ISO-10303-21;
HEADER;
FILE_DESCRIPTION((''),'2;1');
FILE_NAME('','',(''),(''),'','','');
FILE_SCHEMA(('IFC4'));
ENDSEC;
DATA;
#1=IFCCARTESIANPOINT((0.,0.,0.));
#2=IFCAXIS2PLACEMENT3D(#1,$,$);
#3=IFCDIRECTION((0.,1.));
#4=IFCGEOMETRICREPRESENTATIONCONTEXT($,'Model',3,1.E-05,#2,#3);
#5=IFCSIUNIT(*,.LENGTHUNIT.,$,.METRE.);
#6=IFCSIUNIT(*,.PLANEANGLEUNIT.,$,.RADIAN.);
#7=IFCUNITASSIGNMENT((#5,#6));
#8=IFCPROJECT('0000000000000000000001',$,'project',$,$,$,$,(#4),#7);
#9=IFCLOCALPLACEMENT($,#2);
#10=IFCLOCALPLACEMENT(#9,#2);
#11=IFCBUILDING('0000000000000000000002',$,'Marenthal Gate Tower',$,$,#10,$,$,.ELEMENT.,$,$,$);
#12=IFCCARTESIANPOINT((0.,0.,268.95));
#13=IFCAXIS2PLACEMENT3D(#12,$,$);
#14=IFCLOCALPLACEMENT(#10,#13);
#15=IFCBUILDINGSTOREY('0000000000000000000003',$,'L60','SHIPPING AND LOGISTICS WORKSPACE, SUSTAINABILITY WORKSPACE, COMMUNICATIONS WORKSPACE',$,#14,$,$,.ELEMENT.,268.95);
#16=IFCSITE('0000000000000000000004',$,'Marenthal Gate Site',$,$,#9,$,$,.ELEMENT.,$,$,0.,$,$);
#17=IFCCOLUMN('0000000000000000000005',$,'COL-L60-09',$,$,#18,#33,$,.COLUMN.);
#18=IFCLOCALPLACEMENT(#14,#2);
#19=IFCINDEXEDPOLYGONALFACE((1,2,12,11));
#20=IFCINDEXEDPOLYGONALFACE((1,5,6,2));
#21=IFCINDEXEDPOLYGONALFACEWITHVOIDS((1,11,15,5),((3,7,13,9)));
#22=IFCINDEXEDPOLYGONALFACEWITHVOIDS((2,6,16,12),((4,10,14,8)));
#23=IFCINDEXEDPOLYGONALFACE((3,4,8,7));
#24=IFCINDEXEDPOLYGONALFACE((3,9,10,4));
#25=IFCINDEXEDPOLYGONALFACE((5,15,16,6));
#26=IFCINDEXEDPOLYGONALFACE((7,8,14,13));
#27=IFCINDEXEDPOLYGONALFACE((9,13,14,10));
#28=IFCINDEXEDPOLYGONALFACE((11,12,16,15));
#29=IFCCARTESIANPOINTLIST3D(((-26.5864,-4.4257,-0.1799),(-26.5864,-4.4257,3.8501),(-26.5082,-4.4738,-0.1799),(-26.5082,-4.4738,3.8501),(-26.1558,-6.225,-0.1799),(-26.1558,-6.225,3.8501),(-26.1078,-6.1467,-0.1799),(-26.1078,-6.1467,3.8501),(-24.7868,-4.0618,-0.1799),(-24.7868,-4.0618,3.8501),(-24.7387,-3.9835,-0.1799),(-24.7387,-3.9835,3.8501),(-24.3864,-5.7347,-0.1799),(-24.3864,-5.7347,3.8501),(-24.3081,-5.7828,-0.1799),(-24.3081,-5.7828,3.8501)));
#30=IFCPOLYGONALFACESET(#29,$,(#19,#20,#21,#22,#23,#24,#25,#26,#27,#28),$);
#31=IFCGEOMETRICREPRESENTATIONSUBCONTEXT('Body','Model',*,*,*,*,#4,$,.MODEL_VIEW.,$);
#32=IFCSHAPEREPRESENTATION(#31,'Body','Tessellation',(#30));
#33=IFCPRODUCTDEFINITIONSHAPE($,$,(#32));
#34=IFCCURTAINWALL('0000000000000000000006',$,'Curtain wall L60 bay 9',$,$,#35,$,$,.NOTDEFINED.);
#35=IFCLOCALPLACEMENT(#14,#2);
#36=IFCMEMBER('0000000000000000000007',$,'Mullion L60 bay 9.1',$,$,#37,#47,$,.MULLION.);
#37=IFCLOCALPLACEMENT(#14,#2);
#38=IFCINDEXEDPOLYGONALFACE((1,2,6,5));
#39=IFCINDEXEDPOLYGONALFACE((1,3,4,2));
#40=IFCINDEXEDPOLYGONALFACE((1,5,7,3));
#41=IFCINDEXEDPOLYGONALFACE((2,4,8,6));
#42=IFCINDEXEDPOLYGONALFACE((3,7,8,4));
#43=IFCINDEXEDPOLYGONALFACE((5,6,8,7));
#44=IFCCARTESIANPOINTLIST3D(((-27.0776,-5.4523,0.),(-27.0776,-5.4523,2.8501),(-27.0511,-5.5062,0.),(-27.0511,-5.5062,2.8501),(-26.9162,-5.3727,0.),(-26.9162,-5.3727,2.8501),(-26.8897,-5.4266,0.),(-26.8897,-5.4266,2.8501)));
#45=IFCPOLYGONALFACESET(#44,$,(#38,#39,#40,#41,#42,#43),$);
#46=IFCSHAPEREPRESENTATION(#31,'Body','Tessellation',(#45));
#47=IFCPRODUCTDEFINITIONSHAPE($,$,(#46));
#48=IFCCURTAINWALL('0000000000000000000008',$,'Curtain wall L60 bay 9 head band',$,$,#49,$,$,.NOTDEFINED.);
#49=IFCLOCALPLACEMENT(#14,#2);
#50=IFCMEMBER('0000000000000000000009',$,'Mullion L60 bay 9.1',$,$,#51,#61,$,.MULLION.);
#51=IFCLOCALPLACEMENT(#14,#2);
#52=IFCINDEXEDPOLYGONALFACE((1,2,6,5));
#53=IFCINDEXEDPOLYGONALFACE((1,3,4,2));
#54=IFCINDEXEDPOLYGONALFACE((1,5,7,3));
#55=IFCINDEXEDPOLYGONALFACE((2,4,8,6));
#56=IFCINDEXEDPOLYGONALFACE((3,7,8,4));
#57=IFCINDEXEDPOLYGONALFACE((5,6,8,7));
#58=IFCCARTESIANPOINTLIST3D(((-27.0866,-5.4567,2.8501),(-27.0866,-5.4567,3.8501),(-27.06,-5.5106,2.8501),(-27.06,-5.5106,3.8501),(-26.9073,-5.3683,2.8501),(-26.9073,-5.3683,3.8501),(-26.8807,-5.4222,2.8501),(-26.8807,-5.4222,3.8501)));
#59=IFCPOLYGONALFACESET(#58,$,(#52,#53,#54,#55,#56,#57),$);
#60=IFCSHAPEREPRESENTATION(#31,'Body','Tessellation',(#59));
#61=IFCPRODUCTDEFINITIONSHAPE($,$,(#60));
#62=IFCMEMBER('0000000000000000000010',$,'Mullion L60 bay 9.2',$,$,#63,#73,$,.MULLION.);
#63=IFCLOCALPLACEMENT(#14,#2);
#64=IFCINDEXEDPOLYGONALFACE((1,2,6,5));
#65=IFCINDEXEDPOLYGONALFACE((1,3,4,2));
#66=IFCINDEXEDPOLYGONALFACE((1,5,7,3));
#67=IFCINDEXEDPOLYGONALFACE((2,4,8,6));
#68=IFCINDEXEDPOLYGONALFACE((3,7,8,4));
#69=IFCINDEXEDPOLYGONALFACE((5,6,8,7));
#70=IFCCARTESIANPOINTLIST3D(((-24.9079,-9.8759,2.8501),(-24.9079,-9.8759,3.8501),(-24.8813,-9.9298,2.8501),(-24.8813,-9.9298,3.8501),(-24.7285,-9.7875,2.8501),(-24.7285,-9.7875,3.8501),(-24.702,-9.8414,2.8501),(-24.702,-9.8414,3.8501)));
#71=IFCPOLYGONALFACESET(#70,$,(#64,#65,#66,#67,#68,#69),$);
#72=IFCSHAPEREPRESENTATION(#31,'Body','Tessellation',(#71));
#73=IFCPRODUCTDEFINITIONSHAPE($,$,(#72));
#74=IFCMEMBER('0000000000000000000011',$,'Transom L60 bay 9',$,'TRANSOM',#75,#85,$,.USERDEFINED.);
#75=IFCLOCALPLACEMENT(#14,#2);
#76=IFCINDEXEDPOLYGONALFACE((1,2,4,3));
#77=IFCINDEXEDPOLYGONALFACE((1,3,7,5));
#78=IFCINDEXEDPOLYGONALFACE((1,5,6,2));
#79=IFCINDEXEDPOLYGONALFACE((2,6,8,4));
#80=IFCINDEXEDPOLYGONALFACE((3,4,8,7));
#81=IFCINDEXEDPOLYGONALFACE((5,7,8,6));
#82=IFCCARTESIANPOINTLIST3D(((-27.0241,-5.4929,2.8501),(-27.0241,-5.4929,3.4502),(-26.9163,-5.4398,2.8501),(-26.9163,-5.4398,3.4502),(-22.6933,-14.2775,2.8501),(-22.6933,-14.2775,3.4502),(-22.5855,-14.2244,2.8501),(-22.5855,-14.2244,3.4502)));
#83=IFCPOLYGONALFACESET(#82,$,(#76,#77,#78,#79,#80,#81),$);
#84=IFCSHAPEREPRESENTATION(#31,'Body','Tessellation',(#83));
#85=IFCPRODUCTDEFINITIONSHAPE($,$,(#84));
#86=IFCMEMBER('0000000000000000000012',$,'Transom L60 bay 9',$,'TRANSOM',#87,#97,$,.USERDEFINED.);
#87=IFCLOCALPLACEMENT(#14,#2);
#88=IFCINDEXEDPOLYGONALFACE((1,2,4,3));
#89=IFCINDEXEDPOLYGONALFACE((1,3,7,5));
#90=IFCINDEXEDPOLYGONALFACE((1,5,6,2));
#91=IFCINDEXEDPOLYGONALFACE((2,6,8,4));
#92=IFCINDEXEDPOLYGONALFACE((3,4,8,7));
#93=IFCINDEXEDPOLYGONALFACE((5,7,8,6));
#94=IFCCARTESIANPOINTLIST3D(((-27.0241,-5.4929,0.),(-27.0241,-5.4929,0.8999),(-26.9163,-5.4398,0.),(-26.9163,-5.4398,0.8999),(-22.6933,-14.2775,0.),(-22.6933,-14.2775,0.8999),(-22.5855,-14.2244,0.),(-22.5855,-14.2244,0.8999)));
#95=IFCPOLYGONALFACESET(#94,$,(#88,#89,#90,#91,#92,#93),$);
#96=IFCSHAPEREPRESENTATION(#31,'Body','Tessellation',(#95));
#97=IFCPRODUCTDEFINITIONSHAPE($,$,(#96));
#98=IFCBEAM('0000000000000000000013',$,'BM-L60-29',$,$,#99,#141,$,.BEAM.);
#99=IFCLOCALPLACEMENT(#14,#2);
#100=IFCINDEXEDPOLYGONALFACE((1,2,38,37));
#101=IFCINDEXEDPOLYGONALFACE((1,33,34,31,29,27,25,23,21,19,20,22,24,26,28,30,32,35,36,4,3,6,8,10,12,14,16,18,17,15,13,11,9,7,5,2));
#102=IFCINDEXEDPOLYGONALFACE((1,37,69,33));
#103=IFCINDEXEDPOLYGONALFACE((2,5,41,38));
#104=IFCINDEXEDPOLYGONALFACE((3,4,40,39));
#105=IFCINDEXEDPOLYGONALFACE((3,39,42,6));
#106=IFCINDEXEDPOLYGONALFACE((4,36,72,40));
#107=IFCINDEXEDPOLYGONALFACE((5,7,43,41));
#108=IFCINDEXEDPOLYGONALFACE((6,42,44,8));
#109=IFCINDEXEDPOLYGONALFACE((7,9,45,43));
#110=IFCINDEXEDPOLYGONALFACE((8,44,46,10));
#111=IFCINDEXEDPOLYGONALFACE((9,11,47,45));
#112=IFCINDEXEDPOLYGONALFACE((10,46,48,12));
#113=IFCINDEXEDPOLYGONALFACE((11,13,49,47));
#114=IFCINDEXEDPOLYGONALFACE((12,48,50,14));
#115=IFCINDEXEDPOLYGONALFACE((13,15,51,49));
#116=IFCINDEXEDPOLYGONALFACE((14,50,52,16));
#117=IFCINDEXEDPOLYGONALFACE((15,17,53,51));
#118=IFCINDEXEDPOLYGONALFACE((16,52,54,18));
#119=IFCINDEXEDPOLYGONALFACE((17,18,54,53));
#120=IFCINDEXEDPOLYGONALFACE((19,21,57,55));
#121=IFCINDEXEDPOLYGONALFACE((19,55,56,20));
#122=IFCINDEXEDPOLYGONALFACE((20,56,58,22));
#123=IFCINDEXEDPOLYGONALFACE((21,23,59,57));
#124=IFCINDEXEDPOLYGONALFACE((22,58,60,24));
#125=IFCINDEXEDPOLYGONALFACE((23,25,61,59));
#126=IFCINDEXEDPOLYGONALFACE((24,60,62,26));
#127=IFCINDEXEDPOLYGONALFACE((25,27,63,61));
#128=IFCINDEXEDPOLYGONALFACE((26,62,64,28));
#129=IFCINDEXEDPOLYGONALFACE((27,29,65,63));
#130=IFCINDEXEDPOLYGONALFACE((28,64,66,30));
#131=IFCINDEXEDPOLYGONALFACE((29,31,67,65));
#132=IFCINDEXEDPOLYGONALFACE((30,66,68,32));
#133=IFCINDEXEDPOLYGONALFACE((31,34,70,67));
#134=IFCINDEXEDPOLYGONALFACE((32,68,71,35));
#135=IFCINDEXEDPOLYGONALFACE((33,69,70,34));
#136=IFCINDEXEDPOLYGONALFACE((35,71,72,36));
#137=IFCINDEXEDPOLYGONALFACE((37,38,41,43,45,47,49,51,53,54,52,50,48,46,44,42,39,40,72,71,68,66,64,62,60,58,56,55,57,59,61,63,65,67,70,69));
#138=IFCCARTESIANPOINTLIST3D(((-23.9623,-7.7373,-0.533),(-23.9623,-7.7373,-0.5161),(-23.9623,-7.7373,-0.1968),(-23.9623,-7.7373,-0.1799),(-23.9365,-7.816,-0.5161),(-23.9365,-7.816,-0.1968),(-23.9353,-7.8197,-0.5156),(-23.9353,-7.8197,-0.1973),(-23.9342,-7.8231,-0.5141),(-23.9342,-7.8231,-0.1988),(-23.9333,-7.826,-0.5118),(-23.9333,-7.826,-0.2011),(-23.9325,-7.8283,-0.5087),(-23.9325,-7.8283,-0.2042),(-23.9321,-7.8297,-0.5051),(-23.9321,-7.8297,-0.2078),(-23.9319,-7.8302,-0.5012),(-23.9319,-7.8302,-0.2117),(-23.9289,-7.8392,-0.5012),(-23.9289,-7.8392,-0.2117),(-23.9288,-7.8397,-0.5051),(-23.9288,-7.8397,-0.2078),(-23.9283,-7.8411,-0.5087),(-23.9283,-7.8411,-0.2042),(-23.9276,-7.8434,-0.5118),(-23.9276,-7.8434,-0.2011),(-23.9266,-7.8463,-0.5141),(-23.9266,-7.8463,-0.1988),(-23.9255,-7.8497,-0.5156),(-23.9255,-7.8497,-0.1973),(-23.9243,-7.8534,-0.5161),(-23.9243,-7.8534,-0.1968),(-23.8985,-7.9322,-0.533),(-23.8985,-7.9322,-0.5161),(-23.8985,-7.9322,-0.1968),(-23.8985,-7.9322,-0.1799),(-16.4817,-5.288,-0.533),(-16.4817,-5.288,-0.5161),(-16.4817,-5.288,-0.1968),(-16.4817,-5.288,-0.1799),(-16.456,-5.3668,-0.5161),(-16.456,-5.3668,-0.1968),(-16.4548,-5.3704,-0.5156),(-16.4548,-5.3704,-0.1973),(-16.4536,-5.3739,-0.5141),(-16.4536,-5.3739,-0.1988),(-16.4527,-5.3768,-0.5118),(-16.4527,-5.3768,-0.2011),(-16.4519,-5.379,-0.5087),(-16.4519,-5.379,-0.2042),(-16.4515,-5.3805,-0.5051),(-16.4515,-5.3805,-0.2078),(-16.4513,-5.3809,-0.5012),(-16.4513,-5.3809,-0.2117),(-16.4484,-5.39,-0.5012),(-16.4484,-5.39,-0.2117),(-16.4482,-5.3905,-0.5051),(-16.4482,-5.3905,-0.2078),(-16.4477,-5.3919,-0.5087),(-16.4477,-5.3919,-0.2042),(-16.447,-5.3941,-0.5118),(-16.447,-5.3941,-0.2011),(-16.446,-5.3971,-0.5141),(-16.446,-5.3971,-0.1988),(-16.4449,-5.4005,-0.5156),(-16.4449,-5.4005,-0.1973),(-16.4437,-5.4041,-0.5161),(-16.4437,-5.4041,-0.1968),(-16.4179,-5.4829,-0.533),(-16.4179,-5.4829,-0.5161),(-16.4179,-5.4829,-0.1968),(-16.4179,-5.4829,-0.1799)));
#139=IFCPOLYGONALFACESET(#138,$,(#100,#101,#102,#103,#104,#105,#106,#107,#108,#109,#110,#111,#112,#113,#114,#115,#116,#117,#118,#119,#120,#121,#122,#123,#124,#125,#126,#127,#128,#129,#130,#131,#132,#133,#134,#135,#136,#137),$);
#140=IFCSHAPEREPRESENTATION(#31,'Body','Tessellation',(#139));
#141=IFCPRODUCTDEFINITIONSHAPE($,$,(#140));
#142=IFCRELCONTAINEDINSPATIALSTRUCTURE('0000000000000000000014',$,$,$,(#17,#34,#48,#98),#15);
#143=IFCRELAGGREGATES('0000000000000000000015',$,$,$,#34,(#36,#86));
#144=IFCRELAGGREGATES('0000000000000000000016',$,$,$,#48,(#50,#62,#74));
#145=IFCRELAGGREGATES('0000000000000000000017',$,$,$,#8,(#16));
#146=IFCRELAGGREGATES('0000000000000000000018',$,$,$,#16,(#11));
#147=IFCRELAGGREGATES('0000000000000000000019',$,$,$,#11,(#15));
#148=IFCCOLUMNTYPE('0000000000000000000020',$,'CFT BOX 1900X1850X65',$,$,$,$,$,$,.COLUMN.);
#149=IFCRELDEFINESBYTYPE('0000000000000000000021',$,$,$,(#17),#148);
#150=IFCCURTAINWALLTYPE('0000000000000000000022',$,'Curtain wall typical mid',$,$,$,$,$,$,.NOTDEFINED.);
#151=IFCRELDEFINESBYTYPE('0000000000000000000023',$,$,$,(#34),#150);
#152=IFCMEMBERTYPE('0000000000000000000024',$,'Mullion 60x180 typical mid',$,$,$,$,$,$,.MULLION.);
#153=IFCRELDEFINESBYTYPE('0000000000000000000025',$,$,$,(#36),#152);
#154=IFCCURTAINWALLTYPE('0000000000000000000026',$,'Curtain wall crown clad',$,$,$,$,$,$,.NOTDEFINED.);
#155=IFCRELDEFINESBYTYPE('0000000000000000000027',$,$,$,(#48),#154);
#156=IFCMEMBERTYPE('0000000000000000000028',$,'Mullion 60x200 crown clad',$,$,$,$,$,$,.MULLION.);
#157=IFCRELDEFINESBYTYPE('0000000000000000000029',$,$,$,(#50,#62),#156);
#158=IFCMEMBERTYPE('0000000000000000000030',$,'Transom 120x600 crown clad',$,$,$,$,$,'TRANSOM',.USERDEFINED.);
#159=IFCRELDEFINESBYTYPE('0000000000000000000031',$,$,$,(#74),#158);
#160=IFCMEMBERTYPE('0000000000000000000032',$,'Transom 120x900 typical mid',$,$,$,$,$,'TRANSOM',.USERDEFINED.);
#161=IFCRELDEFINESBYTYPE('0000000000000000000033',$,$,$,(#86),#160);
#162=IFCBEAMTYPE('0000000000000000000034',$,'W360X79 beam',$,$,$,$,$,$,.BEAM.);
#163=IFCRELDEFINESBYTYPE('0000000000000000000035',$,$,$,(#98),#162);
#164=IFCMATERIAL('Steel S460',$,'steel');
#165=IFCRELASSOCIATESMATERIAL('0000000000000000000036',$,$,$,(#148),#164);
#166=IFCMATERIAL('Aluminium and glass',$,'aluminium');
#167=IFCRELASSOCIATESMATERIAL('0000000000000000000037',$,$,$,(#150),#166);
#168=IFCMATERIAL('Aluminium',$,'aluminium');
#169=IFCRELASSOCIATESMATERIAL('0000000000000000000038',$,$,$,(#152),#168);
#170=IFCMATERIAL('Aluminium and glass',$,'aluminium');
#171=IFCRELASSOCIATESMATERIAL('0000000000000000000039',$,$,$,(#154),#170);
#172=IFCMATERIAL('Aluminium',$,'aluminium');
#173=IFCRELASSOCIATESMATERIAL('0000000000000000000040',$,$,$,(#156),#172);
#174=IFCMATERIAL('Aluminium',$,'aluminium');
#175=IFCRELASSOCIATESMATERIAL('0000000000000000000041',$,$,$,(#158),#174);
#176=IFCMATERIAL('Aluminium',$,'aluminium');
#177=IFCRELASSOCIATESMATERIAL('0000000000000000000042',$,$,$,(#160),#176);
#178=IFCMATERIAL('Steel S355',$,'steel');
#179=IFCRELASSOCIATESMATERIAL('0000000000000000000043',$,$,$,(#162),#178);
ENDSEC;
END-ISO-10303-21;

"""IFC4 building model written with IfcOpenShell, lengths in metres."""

from ifc_helpers import new_model, si_unit, direction, frame, origin, origin_2d, place, context, subcontext, project, spatial, rectangle, hollow_rectangle, i_section, extrude, material, material_profile, profile_set, type_object, element, aggregate, save


model = new_model("IFC4")

# Units and contexts
model_context = context("Model", 3, precision=1e-05, world=origin(), true_north=direction((0.0, 1.0)))
body_context = subcontext(model_context, "Body", "Model", "MODEL_VIEW")
ifc_project = project(units=[si_unit("LENGTHUNIT", "METRE"), si_unit("PLANEANGLEUNIT", "RADIAN")], contexts=[model_context])

# Site, building, storey
site_placement = place(None, origin())
site = spatial("IfcSite", under=ifc_project, at=site_placement, Name="Marenthal Gate Site", CompositionType="ELEMENT", RefElevation=0.0)
building_placement = place(site_placement, origin())
building = spatial("IfcBuilding", under=site, at=building_placement, Name="Marenthal Gate Tower", CompositionType="ELEMENT")
storey_placement = place(building_placement, frame((0.0, 0.0, 268.95)))
storey = spatial("IfcBuildingStorey", under=building, at=storey_placement, Name="L60", Description="SHIPPING AND LOGISTICS WORKSPACE, SUSTAINABILITY WORKSPACE, COMMUNICATIONS WORKSPACE", CompositionType="ELEMENT", Elevation=268.95)

# Column
ifc_material_1 = material(Name="Steel S460", Category="steel")
ifc_material_profile_1 = material_profile(ifc_material_1, hollow_rectangle(XDim=1.8501, YDim=1.8999, WallThickness=0.0649, at=origin_2d()), Name="CFT BOX 1900X1850X65")
ifc_material_2 = material(Name="Concrete 70 MPa", Category="concrete")
ifc_material_profile_2 = material_profile(ifc_material_2, rectangle(XDim=1.72, YDim=1.77, at=origin_2d()), Name="CFT BOX 1900X1850X65 INFILL")
ifc_profile_set_1 = profile_set([ifc_material_profile_1, ifc_material_profile_2], Name="Steel S460 shell, Concrete 70 MPa infill")
column_type = type_object("IfcColumnType", Name="CFT BOX 1900X1850X65", PredefinedType="COLUMN", material=ifc_profile_set_1)
column_placement = place(storey_placement, frame((-25.4473, -5.1042, -0.1799), z_axis=(0.0, 0.0, 1.0), x_axis=(-0.23277, 0.972532, 0.0)))
element("IfcColumn", 1, at=column_placement, inside=storey, type_object=column_type, Name="COL-L60-09", PredefinedType="COLUMN", context=body_context, shape_type="SweptSolid", body=[
    extrude(hollow_rectangle(XDim=1.8501, YDim=1.8999, WallThickness=0.0649, at=origin_2d()), origin(), (0.0, 0.0, 1.0), 4.03),
])

# Curtain wall, member
ifc_material_3 = material(Name="Aluminium and glass", Category="aluminium")
curtain_wall_type_1 = type_object("IfcCurtainWallType", Name="Curtain wall typical mid", PredefinedType="NOTDEFINED", material=ifc_material_3)
curtain_wall_1_placement = place(storey_placement, origin())
curtain_wall_1 = element("IfcCurtainWall", 2, at=curtain_wall_1_placement, inside=storey, type_object=curtain_wall_type_1, Name="Curtain wall L60 bay 9", PredefinedType="NOTDEFINED")
ifc_material_4 = material(Name="Aluminium", Category="aluminium")
ifc_material_profile_3 = material_profile(ifc_material_4, rectangle(XDim=0.1799, YDim=0.0601, at=origin_2d()), Name="60x180 aluminium mullion")
ifc_profile_set_2 = profile_set([ifc_material_profile_3], Name="Aluminium")
member_type_1 = type_object("IfcMemberType", Name="Mullion 60x180 typical mid", PredefinedType="MULLION", material=ifc_profile_set_2)
member_1_placement = place(storey_placement, frame((-26.9836, -5.4395, 0.0), z_axis=(0.0, 0.0, 1.0), x_axis=(0.896921, 0.442192, 0.0)))
member_1 = element("IfcMember", 3, at=member_1_placement, type_object=member_type_1, Name="Mullion L60 bay 9.1", PredefinedType="MULLION", context=body_context, shape_type="SweptSolid", body=[
    extrude(rectangle(XDim=0.1799, YDim=0.0601, at=origin_2d()), origin(), (0.0, 0.0, 1.0), 2.8501),
])

# Curtain wall, members
ifc_material_5 = material(Name="Aluminium and glass", Category="aluminium")
curtain_wall_type_2 = type_object("IfcCurtainWallType", Name="Curtain wall crown clad", PredefinedType="NOTDEFINED", material=ifc_material_5)
curtain_wall_2_placement = place(storey_placement, origin())
curtain_wall_2 = element("IfcCurtainWall", 4, at=curtain_wall_2_placement, inside=storey, type_object=curtain_wall_type_2, Name="Curtain wall L60 bay 9 head band", PredefinedType="NOTDEFINED")
ifc_material_6 = material(Name="Aluminium", Category="aluminium")
ifc_material_profile_4 = material_profile(ifc_material_6, rectangle(XDim=0.2, YDim=0.0601, at=origin_2d()), Name="60x200 aluminium mullion")
ifc_profile_set_3 = profile_set([ifc_material_profile_4], Name="Aluminium")
member_type_2 = type_object("IfcMemberType", Name="Mullion 60x200 crown clad", PredefinedType="MULLION", material=ifc_profile_set_3)
member_2_placement = place(storey_placement, frame((-26.9836, -5.4395, 2.8501), z_axis=(0.0, 0.0, 1.0), x_axis=(0.896921, 0.442192, 0.0)))
member_2 = element("IfcMember", 5, at=member_2_placement, type_object=member_type_2, Name="Mullion L60 bay 9.1", PredefinedType="MULLION", context=body_context, shape_type="SweptSolid", body=[
    extrude(rectangle(XDim=0.2, YDim=0.0601, at=origin_2d()), origin(), (0.0, 0.0, 1.0), 1.0),
])
member_3_placement = place(storey_placement, frame((-24.8049, -9.8586, 2.8501), z_axis=(0.0, 0.0, 1.0), x_axis=(0.896921, 0.442192, 0.0)))
member_3 = element("IfcMember", 6, at=member_3_placement, type_object=member_type_2, Name="Mullion L60 bay 9.2", PredefinedType="MULLION", context=body_context, shape_type="SweptSolid", body=[
    extrude(rectangle(XDim=0.2, YDim=0.0601, at=origin_2d()), origin(), (0.0, 0.0, 1.0), 1.0),
])
ifc_material_7 = material(Name="Aluminium", Category="aluminium")
ifc_material_profile_5 = material_profile(ifc_material_7, rectangle(XDim=0.1201, YDim=0.6001, at=origin_2d()), Name="120x600 aluminium transom")
ifc_profile_set_4 = profile_set([ifc_material_profile_5], Name="Aluminium")
member_type_3 = type_object("IfcMemberType", Name="Transom 120x600 crown clad", ElementType="TRANSOM", PredefinedType="USERDEFINED", material=ifc_profile_set_4)
member_4_placement = place(storey_placement, frame((-26.9702, -5.4663, 3.1501), z_axis=(0.442181, -0.896926, 0.0), x_axis=(0.896926, 0.442181, 0.0)))
member_4 = element("IfcMember", 7, at=member_4_placement, type_object=member_type_3, Name="Transom L60 bay 9", ObjectType="TRANSOM", PredefinedType="USERDEFINED", context=body_context, shape_type="SweptSolid", body=[
    extrude(rectangle(XDim=0.1201, YDim=0.6001, at=origin_2d()), origin(), (0.0, 0.0, 1.0), 9.7942),
])

# Member
ifc_material_8 = material(Name="Aluminium", Category="aluminium")
ifc_material_profile_6 = material_profile(ifc_material_8, rectangle(XDim=0.1201, YDim=0.8999, at=origin_2d()), Name="120x900 aluminium transom")
ifc_profile_set_5 = profile_set([ifc_material_profile_6], Name="Aluminium")
member_type_4 = type_object("IfcMemberType", Name="Transom 120x900 typical mid", ElementType="TRANSOM", PredefinedType="USERDEFINED", material=ifc_profile_set_5)
member_5_placement = place(storey_placement, frame((-26.9702, -5.4663, 0.45), z_axis=(0.442181, -0.896926, 0.0), x_axis=(0.896926, 0.442181, 0.0)))
member_5 = element("IfcMember", 8, at=member_5_placement, type_object=member_type_4, Name="Transom L60 bay 9", ObjectType="TRANSOM", PredefinedType="USERDEFINED", context=body_context, shape_type="SweptSolid", body=[
    extrude(rectangle(XDim=0.1201, YDim=0.8999, at=origin_2d()), origin(), (0.0, 0.0, 1.0), 9.7942),
])

# Beam
ifc_material_9 = material(Name="Steel S355", Category="steel")
ifc_material_profile_7 = material_profile(ifc_material_9, i_section(OverallWidth=0.2051, OverallDepth=0.353, WebThickness=0.0095, FlangeThickness=0.0168, FilletRadius=0.0149, at=origin_2d()), Name="W360X79")
ifc_profile_set_6 = profile_set([ifc_material_profile_7], Name="Steel S355")
beam_type_1 = type_object("IfcBeamType", Name="W360X79 beam", PredefinedType="BEAM", material=ifc_profile_set_6)
beam_1_placement = place(storey_placement, frame((-23.9304, -7.8347, -0.3564), z_axis=(0.950357, 0.311161, 0.0), x_axis=(-0.311161, 0.950357, 0.0)))
element("IfcBeam", 9, at=beam_1_placement, inside=storey, type_object=beam_type_1, Name="BM-L60-29", PredefinedType="BEAM", context=body_context, shape_type="SweptSolid", body=[
    extrude(i_section(OverallWidth=0.2051, OverallDepth=0.353, WebThickness=0.0095, FlangeThickness=0.0168, FilletRadius=0.0149, at=origin_2d()), origin(), (0.0, 0.0, 1.0), 7.8713),
])

aggregate(curtain_wall_1, [member_1, member_5])
aggregate(curtain_wall_2, [member_2, member_3, member_4])

save(model, "model.ifc")
